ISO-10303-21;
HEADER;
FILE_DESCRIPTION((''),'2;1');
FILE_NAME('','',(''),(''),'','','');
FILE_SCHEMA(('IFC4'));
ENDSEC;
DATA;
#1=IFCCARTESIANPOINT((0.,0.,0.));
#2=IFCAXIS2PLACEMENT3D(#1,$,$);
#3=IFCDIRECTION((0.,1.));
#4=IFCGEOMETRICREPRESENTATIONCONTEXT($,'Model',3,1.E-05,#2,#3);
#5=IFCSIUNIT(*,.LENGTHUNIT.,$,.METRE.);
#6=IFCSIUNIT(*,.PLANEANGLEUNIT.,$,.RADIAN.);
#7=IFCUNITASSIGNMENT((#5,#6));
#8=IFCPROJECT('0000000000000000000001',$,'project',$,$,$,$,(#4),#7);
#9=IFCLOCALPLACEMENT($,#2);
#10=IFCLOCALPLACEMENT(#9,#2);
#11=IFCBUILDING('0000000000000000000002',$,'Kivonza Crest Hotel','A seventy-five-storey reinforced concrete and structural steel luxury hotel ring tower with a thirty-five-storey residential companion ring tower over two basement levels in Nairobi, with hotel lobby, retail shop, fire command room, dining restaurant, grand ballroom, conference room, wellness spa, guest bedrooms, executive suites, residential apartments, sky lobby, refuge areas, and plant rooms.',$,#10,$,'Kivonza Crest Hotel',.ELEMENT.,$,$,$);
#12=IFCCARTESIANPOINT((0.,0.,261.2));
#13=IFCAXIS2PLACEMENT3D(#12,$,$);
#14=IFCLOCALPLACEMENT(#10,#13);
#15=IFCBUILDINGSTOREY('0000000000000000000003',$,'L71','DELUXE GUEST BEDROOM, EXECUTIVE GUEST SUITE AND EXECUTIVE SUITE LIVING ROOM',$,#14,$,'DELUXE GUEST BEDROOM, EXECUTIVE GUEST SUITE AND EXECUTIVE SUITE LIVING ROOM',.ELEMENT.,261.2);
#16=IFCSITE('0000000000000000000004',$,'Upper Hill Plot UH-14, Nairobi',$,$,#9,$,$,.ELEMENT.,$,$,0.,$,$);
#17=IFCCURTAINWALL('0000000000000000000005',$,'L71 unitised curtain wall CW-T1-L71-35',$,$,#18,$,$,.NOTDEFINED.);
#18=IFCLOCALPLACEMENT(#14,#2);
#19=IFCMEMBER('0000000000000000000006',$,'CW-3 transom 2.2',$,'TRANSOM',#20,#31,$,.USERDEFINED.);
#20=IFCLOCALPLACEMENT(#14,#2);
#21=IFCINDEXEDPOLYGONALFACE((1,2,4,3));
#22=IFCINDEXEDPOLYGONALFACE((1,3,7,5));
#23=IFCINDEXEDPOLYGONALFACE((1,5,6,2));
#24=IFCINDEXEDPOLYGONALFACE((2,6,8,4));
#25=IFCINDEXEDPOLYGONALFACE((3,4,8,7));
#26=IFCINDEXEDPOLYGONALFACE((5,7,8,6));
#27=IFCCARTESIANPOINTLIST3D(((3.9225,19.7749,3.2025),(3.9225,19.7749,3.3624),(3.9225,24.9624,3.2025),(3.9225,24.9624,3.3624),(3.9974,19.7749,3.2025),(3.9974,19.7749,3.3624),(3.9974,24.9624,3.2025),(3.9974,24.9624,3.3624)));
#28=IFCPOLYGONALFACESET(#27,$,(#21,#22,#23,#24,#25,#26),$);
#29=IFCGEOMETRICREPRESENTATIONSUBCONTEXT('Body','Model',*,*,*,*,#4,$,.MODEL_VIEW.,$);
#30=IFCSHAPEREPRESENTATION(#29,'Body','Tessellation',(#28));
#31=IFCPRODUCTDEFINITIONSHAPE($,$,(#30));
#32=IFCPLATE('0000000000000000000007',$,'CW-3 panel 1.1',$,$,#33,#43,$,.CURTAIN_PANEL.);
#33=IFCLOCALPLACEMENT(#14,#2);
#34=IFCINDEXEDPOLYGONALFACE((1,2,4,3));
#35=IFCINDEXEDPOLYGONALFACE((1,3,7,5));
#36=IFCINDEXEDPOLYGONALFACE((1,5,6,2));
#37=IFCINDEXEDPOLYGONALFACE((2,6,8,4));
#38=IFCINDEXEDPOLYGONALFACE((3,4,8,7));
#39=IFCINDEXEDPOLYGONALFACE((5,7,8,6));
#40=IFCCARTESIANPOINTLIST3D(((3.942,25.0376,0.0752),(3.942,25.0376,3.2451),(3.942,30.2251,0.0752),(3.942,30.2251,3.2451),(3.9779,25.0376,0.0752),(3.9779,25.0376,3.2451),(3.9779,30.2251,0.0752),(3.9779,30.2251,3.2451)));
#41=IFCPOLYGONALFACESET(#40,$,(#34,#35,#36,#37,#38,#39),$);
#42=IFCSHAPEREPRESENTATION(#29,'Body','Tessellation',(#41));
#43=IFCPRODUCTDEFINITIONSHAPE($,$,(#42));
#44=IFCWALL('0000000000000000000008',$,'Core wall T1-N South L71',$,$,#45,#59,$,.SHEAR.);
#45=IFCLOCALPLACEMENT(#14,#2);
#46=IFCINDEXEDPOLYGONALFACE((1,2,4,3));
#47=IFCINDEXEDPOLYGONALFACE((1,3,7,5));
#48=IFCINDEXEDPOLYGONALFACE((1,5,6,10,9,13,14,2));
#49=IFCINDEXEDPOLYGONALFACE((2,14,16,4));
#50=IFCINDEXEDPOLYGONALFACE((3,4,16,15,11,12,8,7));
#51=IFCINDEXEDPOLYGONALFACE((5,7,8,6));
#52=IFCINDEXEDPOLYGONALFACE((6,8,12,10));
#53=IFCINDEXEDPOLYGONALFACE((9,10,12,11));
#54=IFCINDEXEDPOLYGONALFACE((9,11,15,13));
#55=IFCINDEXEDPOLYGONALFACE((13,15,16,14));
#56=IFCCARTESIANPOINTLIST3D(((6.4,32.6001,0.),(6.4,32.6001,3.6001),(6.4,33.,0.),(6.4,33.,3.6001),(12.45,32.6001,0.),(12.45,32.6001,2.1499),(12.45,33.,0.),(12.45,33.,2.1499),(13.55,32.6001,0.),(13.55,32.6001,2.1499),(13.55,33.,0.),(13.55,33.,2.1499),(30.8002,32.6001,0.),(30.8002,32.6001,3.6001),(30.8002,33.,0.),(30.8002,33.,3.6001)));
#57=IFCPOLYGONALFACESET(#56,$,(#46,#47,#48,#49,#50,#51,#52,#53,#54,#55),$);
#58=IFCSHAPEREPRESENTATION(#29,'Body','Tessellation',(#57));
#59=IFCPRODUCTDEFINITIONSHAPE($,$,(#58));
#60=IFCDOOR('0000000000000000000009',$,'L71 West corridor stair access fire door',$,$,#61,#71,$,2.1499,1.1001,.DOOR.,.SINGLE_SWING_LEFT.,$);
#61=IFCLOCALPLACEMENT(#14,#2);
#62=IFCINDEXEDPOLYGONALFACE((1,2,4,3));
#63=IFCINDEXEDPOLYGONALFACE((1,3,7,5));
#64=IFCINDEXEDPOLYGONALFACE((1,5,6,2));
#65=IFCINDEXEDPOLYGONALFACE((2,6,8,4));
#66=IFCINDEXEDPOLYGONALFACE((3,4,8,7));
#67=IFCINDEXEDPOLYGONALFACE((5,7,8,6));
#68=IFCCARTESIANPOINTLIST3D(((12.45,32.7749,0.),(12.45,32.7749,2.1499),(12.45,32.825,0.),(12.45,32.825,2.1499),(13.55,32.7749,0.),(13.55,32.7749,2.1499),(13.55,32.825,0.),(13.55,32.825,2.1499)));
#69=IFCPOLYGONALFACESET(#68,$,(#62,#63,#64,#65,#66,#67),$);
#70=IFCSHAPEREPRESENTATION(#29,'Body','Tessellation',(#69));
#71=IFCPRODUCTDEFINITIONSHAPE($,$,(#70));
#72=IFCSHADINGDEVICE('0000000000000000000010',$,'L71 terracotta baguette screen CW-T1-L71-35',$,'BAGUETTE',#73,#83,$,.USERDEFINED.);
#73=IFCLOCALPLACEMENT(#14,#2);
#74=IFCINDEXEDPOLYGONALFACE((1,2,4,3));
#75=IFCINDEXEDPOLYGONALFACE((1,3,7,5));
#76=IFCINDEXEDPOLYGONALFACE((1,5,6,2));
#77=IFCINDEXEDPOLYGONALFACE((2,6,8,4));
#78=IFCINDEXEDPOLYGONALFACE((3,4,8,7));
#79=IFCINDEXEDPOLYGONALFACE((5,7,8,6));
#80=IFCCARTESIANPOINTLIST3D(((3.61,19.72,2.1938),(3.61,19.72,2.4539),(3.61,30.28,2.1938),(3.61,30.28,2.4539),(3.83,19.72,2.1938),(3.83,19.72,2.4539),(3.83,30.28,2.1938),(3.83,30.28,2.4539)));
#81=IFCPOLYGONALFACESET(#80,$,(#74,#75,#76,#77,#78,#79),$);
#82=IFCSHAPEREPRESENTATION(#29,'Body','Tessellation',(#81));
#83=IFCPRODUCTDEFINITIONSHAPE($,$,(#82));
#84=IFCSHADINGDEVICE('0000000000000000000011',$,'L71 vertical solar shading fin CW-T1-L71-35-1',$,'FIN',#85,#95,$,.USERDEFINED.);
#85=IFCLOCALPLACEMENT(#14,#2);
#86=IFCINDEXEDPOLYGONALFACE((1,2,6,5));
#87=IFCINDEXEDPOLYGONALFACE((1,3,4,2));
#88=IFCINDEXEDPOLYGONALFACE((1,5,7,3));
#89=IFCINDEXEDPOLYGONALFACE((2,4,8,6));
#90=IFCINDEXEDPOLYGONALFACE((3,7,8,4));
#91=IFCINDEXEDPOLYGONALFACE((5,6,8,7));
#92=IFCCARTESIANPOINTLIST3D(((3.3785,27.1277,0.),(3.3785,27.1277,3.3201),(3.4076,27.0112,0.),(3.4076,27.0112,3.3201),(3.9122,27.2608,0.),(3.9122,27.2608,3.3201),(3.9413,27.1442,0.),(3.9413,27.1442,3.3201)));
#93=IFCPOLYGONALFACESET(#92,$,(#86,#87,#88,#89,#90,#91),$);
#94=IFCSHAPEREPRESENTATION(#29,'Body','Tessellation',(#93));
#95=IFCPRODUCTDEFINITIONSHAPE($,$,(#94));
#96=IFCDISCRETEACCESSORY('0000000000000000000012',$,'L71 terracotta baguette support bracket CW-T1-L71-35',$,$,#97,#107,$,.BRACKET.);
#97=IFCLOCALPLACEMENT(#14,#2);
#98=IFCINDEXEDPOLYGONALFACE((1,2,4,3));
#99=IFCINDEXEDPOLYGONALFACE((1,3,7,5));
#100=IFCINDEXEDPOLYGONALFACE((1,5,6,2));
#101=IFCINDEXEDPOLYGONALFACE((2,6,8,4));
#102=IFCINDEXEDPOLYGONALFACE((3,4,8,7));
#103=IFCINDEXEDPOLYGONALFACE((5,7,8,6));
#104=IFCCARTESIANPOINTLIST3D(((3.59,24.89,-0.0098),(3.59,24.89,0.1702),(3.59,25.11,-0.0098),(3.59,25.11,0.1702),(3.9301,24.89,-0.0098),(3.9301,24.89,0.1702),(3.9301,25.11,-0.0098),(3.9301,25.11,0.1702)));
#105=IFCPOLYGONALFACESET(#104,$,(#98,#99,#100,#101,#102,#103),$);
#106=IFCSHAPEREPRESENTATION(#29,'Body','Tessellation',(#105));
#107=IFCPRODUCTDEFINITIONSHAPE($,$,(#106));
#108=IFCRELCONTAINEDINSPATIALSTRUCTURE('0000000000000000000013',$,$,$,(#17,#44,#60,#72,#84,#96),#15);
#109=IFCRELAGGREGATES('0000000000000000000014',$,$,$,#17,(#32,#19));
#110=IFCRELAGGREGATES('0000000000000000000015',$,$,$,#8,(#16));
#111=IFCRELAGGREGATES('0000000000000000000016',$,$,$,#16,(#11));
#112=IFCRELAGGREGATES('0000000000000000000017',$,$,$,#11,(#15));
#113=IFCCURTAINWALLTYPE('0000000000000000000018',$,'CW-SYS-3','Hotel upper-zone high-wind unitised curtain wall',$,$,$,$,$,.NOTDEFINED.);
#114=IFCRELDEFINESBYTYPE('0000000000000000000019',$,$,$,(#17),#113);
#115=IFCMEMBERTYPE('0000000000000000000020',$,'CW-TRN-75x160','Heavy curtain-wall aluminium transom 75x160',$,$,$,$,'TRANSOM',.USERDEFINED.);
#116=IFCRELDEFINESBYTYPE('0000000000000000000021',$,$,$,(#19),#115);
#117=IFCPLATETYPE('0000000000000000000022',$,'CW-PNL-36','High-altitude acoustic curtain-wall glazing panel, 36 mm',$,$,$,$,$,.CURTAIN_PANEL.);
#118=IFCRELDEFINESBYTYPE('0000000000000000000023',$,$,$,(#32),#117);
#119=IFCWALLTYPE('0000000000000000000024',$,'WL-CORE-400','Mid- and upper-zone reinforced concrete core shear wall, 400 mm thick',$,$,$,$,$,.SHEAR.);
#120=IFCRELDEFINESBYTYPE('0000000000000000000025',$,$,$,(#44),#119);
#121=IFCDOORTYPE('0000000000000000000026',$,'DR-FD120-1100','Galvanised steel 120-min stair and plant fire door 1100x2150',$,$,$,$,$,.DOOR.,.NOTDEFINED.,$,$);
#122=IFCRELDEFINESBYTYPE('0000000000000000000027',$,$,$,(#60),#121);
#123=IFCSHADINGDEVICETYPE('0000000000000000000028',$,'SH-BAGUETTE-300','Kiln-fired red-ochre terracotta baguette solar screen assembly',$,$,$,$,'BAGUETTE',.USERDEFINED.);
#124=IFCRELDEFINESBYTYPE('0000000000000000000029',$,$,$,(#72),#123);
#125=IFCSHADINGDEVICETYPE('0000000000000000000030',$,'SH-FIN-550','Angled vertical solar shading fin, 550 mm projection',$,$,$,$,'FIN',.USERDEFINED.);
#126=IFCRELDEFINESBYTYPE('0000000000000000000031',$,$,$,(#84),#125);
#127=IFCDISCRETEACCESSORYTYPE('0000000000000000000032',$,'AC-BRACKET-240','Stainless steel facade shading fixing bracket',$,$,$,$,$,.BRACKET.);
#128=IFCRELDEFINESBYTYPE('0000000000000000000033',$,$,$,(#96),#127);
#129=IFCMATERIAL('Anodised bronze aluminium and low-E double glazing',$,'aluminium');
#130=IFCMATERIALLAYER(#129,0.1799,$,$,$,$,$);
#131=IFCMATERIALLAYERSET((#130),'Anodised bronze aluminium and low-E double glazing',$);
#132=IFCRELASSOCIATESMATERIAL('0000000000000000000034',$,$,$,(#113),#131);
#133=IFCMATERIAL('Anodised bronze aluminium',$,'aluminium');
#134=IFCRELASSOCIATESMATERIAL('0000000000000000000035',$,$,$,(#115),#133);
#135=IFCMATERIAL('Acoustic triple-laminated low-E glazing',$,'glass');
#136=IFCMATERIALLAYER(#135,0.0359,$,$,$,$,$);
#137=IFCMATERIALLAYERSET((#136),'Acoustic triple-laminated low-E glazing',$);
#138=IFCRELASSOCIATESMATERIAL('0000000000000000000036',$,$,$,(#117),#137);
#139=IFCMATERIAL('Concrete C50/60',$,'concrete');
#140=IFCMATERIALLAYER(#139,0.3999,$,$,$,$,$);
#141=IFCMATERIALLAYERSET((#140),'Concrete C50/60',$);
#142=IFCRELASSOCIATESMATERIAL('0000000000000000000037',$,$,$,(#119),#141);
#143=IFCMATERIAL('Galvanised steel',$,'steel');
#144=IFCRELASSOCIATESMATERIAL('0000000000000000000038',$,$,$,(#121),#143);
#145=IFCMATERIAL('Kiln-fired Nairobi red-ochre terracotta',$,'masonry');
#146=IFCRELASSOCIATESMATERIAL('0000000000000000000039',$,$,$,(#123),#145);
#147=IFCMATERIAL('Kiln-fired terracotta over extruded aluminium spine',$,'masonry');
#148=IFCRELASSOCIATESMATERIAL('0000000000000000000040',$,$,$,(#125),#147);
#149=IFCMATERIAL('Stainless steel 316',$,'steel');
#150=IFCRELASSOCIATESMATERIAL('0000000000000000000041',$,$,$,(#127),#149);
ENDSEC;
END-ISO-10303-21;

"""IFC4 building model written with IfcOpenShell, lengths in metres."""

from ifc_helpers import new_model, si_unit, direction, frame, frame_2d, origin, origin_2d, place, context, subcontext, project, spatial, rectangle, extrude, material, layer, layer_set, material_profile, profile_set, type_object, element, fill, aggregate, save


model = new_model("IFC4")

# Units and contexts
model_context = context("Model", 3, precision=1e-05, world=origin(), true_north=direction((0.0, 1.0)))
body_context = subcontext(model_context, "Body", "Model", "MODEL_VIEW")
ifc_project = project(units=[si_unit("LENGTHUNIT", "METRE"), si_unit("PLANEANGLEUNIT", "RADIAN")], contexts=[model_context])

# Site, building, storey
site_placement = place(None, origin())
site = spatial("IfcSite", under=ifc_project, at=site_placement, Name="Upper Hill Plot UH-14, Nairobi", CompositionType="ELEMENT", RefElevation=0.0)
building_placement = place(site_placement, origin())
building = spatial("IfcBuilding", under=site, at=building_placement, Name="Kivonza Crest Hotel", Description="A seventy-five-storey reinforced concrete and structural steel luxury hotel ring tower with a thirty-five-storey residential companion ring tower over two basement levels in Nairobi, with hotel lobby, retail shop, fire command room, dining restaurant, grand ballroom, conference room, wellness spa, guest bedrooms, executive suites, residential apartments, sky lobby, refuge areas, and plant rooms.", LongName="Kivonza Crest Hotel", CompositionType="ELEMENT")
storey_placement = place(building_placement, frame((0.0, 0.0, 261.2)))
storey = spatial("IfcBuildingStorey", under=building, at=storey_placement, Name="L71", Description="DELUXE GUEST BEDROOM, EXECUTIVE GUEST SUITE AND EXECUTIVE SUITE LIVING ROOM", LongName="DELUXE GUEST BEDROOM, EXECUTIVE GUEST SUITE AND EXECUTIVE SUITE LIVING ROOM", CompositionType="ELEMENT", Elevation=261.2)

# Shared definitions
ifc_material_1 = material(Name="Concrete C50/60", Category="concrete")

# Curtain wall, member, plate
ifc_material_2 = material(Name="Anodised bronze aluminium and low-E double glazing", Category="aluminium")
ifc_layer_1 = layer(ifc_material_2, 0.1799)
ifc_layer_set_1 = layer_set([ifc_layer_1], Name="Anodised bronze aluminium and low-E double glazing")
curtain_wall_type = type_object("IfcCurtainWallType", Name="CW-SYS-3", Description="Hotel upper-zone high-wind unitised curtain wall", PredefinedType="NOTDEFINED", material=ifc_layer_set_1)
curtain_wall_placement = place(storey_placement, origin())
curtain_wall = element("IfcCurtainWall", 1, at=curtain_wall_placement, inside=storey, type_object=curtain_wall_type, Name="L71 unitised curtain wall CW-T1-L71-35", PredefinedType="NOTDEFINED")
ifc_material_3 = material(Name="Anodised bronze aluminium", Category="aluminium")
ifc_material_profile_1 = material_profile(ifc_material_3, rectangle(XDim=0.075, YDim=0.1599, at=origin_2d()), Name="CW-T 75x160")
ifc_profile_set_1 = profile_set([ifc_material_profile_1], Name="Anodised bronze aluminium")
member_type_1 = type_object("IfcMemberType", Name="CW-TRN-75x160", Description="Heavy curtain-wall aluminium transom 75x160", ElementType="TRANSOM", PredefinedType="USERDEFINED", material=ifc_profile_set_1)
member_1_placement = place(storey_placement, frame((3.96, 24.9624, 3.2825), z_axis=(0.0, -1.0, 0.0), x_axis=(1.0, 0.0, 0.0)))
member_1 = element("IfcMember", 2, at=member_1_placement, type_object=member_type_1, Name="CW-3 transom 2.2", ObjectType="TRANSOM", PredefinedType="USERDEFINED", context=body_context, shape_type="SweptSolid", body=[
    extrude(rectangle(XDim=0.075, YDim=0.1599, at=origin_2d()), origin(), (0.0, 0.0, 1.0), 5.1875),
])
ifc_material_4 = material(Name="Acoustic triple-laminated low-E glazing", Category="glass")
ifc_layer_2 = layer(ifc_material_4, 0.0359)
ifc_layer_set_2 = layer_set([ifc_layer_2], Name="Acoustic triple-laminated low-E glazing")
plate_type = type_object("IfcPlateType", Name="CW-PNL-36", Description="High-altitude acoustic curtain-wall glazing panel, 36 mm", PredefinedType="CURTAIN_PANEL", material=ifc_layer_set_2)
plate_placement = place(storey_placement, frame((3.96, 27.6313, 0.0752), z_axis=(0.0, 0.0, 1.0), x_axis=(0.0, -1.0, 0.0)))
plate = element("IfcPlate", 3, at=plate_placement, type_object=plate_type, Name="CW-3 panel 1.1", PredefinedType="CURTAIN_PANEL", context=body_context, shape_type="SweptSolid", body=[
    extrude(rectangle(XDim=5.1875, YDim=0.0359, at=origin_2d()), origin(), (0.0, 0.0, 1.0), 3.1699),
])
aggregate(curtain_wall, [plate, member_1])

# Wall, opening, door
ifc_layer_3 = layer(ifc_material_1, 0.3999)
ifc_layer_set_3 = layer_set([ifc_layer_3], Name="Concrete C50/60")
wall_type = type_object("IfcWallType", Name="WL-CORE-400", Description="Mid- and upper-zone reinforced concrete core shear wall, 400 mm thick", PredefinedType="SHEAR", material=ifc_layer_set_3)
wall_placement = place(storey_placement, frame((6.3999, 32.8, 0.0), z_axis=(0.0, 0.0, 1.0), x_axis=(1.0, 0.0, 0.0)))
wall = element("IfcWall", 4, at=wall_placement, inside=storey, type_object=wall_type, Name="Core wall T1-N South L71", PredefinedType="SHEAR", context=body_context, shape_type="SweptSolid", body=[
    extrude(rectangle(XDim=24.4001, YDim=0.3999, at=frame_2d((12.2002, 0.0))), origin(), (0.0, 0.0, 1.0), 3.6001),
])
opening_placement = place(wall_placement, frame((6.05, 0.0, 0.0)))
opening = element("IfcOpeningElement", 5, at=opening_placement, cuts=wall, PredefinedType="OPENING", context=body_context, shape_type="SweptSolid", body=[
    extrude(rectangle(XDim=1.1001, YDim=2.1499, at=frame_2d((0.55, 1.075))), frame((0.0, 0.21, 0.0), z_axis=(0.0, -1.0, 0.0), x_axis=(1.0, 0.0, 0.0)), (0.0, 0.0, 1.0), 0.4199),
])
ifc_material_5 = material(Name="Galvanised steel", Category="steel")
door_type = type_object("IfcDoorType", Name="DR-FD120-1100", Description="Galvanised steel 120-min stair and plant fire door 1100x2150", OperationType="NOTDEFINED", PredefinedType="DOOR", material=ifc_material_5)
door_placement = place(opening_placement, origin())
door = element("IfcDoor", 6, at=door_placement, inside=storey, type_object=door_type, Name="L71 West corridor stair access fire door", OperationType="SINGLE_SWING_LEFT", OverallHeight=2.1499, OverallWidth=1.1001, PredefinedType="DOOR", context=body_context, shape_type="SweptSolid", body=[
    extrude(rectangle(XDim=1.1001, YDim=2.1499, at=frame_2d((0.55, 1.075))), frame((0.0, 0.0249, 0.0), z_axis=(0.0, -1.0, 0.0), x_axis=(1.0, 0.0, 0.0)), (0.0, 0.0, 1.0), 0.05),
])
fill(opening, door)

# Shading devices
ifc_material_6 = material(Name="Kiln-fired Nairobi red-ochre terracotta", Category="masonry")
shading_device_type_1 = type_object("IfcShadingDeviceType", Name="SH-BAGUETTE-300", Description="Kiln-fired red-ochre terracotta baguette solar screen assembly", ElementType="BAGUETTE", PredefinedType="USERDEFINED", material=ifc_material_6)
shading_device_1_placement = place(storey_placement, frame((3.72, 25.0, 2.1938), z_axis=(0.0, 0.0, 1.0), x_axis=(0.0, -1.0, 0.0)))
element("IfcShadingDevice", 7, at=shading_device_1_placement, inside=storey, type_object=shading_device_type_1, Name="L71 terracotta baguette screen CW-T1-L71-35", ObjectType="BAGUETTE", PredefinedType="USERDEFINED", context=body_context, shape_type="SweptSolid", body=[
    extrude(rectangle(XDim=10.5601, YDim=0.22, at=origin_2d()), origin(), (0.0, 0.0, 1.0), 0.26),
])
ifc_material_7 = material(Name="Kiln-fired terracotta over extruded aluminium spine", Category="masonry")
shading_device_type_2 = type_object("IfcShadingDeviceType", Name="SH-FIN-550", Description="Angled vertical solar shading fin, 550 mm projection", ElementType="FIN", PredefinedType="USERDEFINED", material=ifc_material_7)
shading_device_2_placement = place(storey_placement, frame((3.6599, 27.136, 0.0), z_axis=(0.0, 0.0, 1.0), x_axis=(0.241922, -0.970296, 0.0)))
element("IfcShadingDevice", 8, at=shading_device_2_placement, inside=storey, type_object=shading_device_type_2, Name="L71 vertical solar shading fin CW-T1-L71-35-1", ObjectType="FIN", PredefinedType="USERDEFINED", context=body_context, shape_type="SweptSolid", body=[
    extrude(rectangle(XDim=0.1201, YDim=0.55, at=origin_2d()), origin(), (0.0, 0.0, 1.0), 3.3201),
])

# Discrete accessory
ifc_material_8 = material(Name="Stainless steel 316", Category="steel")
discrete_accessory_type = type_object("IfcDiscreteAccessoryType", Name="AC-BRACKET-240", Description="Stainless steel facade shading fixing bracket", PredefinedType="BRACKET", material=ifc_material_8)
discrete_accessory_placement = place(storey_placement, frame((3.76, 25.0, -0.0098), z_axis=(0.0, 0.0, 1.0), x_axis=(0.0, -1.0, 0.0)))
element("IfcDiscreteAccessory", 9, at=discrete_accessory_placement, inside=storey, type_object=discrete_accessory_type, Name="L71 terracotta baguette support bracket CW-T1-L71-35", PredefinedType="BRACKET", context=body_context, shape_type="SweptSolid", body=[
    extrude(rectangle(XDim=0.22, YDim=0.3401, at=origin_2d()), origin(), (0.0, 0.0, 1.0), 0.1799),
])

save(model, "model.ifc")
